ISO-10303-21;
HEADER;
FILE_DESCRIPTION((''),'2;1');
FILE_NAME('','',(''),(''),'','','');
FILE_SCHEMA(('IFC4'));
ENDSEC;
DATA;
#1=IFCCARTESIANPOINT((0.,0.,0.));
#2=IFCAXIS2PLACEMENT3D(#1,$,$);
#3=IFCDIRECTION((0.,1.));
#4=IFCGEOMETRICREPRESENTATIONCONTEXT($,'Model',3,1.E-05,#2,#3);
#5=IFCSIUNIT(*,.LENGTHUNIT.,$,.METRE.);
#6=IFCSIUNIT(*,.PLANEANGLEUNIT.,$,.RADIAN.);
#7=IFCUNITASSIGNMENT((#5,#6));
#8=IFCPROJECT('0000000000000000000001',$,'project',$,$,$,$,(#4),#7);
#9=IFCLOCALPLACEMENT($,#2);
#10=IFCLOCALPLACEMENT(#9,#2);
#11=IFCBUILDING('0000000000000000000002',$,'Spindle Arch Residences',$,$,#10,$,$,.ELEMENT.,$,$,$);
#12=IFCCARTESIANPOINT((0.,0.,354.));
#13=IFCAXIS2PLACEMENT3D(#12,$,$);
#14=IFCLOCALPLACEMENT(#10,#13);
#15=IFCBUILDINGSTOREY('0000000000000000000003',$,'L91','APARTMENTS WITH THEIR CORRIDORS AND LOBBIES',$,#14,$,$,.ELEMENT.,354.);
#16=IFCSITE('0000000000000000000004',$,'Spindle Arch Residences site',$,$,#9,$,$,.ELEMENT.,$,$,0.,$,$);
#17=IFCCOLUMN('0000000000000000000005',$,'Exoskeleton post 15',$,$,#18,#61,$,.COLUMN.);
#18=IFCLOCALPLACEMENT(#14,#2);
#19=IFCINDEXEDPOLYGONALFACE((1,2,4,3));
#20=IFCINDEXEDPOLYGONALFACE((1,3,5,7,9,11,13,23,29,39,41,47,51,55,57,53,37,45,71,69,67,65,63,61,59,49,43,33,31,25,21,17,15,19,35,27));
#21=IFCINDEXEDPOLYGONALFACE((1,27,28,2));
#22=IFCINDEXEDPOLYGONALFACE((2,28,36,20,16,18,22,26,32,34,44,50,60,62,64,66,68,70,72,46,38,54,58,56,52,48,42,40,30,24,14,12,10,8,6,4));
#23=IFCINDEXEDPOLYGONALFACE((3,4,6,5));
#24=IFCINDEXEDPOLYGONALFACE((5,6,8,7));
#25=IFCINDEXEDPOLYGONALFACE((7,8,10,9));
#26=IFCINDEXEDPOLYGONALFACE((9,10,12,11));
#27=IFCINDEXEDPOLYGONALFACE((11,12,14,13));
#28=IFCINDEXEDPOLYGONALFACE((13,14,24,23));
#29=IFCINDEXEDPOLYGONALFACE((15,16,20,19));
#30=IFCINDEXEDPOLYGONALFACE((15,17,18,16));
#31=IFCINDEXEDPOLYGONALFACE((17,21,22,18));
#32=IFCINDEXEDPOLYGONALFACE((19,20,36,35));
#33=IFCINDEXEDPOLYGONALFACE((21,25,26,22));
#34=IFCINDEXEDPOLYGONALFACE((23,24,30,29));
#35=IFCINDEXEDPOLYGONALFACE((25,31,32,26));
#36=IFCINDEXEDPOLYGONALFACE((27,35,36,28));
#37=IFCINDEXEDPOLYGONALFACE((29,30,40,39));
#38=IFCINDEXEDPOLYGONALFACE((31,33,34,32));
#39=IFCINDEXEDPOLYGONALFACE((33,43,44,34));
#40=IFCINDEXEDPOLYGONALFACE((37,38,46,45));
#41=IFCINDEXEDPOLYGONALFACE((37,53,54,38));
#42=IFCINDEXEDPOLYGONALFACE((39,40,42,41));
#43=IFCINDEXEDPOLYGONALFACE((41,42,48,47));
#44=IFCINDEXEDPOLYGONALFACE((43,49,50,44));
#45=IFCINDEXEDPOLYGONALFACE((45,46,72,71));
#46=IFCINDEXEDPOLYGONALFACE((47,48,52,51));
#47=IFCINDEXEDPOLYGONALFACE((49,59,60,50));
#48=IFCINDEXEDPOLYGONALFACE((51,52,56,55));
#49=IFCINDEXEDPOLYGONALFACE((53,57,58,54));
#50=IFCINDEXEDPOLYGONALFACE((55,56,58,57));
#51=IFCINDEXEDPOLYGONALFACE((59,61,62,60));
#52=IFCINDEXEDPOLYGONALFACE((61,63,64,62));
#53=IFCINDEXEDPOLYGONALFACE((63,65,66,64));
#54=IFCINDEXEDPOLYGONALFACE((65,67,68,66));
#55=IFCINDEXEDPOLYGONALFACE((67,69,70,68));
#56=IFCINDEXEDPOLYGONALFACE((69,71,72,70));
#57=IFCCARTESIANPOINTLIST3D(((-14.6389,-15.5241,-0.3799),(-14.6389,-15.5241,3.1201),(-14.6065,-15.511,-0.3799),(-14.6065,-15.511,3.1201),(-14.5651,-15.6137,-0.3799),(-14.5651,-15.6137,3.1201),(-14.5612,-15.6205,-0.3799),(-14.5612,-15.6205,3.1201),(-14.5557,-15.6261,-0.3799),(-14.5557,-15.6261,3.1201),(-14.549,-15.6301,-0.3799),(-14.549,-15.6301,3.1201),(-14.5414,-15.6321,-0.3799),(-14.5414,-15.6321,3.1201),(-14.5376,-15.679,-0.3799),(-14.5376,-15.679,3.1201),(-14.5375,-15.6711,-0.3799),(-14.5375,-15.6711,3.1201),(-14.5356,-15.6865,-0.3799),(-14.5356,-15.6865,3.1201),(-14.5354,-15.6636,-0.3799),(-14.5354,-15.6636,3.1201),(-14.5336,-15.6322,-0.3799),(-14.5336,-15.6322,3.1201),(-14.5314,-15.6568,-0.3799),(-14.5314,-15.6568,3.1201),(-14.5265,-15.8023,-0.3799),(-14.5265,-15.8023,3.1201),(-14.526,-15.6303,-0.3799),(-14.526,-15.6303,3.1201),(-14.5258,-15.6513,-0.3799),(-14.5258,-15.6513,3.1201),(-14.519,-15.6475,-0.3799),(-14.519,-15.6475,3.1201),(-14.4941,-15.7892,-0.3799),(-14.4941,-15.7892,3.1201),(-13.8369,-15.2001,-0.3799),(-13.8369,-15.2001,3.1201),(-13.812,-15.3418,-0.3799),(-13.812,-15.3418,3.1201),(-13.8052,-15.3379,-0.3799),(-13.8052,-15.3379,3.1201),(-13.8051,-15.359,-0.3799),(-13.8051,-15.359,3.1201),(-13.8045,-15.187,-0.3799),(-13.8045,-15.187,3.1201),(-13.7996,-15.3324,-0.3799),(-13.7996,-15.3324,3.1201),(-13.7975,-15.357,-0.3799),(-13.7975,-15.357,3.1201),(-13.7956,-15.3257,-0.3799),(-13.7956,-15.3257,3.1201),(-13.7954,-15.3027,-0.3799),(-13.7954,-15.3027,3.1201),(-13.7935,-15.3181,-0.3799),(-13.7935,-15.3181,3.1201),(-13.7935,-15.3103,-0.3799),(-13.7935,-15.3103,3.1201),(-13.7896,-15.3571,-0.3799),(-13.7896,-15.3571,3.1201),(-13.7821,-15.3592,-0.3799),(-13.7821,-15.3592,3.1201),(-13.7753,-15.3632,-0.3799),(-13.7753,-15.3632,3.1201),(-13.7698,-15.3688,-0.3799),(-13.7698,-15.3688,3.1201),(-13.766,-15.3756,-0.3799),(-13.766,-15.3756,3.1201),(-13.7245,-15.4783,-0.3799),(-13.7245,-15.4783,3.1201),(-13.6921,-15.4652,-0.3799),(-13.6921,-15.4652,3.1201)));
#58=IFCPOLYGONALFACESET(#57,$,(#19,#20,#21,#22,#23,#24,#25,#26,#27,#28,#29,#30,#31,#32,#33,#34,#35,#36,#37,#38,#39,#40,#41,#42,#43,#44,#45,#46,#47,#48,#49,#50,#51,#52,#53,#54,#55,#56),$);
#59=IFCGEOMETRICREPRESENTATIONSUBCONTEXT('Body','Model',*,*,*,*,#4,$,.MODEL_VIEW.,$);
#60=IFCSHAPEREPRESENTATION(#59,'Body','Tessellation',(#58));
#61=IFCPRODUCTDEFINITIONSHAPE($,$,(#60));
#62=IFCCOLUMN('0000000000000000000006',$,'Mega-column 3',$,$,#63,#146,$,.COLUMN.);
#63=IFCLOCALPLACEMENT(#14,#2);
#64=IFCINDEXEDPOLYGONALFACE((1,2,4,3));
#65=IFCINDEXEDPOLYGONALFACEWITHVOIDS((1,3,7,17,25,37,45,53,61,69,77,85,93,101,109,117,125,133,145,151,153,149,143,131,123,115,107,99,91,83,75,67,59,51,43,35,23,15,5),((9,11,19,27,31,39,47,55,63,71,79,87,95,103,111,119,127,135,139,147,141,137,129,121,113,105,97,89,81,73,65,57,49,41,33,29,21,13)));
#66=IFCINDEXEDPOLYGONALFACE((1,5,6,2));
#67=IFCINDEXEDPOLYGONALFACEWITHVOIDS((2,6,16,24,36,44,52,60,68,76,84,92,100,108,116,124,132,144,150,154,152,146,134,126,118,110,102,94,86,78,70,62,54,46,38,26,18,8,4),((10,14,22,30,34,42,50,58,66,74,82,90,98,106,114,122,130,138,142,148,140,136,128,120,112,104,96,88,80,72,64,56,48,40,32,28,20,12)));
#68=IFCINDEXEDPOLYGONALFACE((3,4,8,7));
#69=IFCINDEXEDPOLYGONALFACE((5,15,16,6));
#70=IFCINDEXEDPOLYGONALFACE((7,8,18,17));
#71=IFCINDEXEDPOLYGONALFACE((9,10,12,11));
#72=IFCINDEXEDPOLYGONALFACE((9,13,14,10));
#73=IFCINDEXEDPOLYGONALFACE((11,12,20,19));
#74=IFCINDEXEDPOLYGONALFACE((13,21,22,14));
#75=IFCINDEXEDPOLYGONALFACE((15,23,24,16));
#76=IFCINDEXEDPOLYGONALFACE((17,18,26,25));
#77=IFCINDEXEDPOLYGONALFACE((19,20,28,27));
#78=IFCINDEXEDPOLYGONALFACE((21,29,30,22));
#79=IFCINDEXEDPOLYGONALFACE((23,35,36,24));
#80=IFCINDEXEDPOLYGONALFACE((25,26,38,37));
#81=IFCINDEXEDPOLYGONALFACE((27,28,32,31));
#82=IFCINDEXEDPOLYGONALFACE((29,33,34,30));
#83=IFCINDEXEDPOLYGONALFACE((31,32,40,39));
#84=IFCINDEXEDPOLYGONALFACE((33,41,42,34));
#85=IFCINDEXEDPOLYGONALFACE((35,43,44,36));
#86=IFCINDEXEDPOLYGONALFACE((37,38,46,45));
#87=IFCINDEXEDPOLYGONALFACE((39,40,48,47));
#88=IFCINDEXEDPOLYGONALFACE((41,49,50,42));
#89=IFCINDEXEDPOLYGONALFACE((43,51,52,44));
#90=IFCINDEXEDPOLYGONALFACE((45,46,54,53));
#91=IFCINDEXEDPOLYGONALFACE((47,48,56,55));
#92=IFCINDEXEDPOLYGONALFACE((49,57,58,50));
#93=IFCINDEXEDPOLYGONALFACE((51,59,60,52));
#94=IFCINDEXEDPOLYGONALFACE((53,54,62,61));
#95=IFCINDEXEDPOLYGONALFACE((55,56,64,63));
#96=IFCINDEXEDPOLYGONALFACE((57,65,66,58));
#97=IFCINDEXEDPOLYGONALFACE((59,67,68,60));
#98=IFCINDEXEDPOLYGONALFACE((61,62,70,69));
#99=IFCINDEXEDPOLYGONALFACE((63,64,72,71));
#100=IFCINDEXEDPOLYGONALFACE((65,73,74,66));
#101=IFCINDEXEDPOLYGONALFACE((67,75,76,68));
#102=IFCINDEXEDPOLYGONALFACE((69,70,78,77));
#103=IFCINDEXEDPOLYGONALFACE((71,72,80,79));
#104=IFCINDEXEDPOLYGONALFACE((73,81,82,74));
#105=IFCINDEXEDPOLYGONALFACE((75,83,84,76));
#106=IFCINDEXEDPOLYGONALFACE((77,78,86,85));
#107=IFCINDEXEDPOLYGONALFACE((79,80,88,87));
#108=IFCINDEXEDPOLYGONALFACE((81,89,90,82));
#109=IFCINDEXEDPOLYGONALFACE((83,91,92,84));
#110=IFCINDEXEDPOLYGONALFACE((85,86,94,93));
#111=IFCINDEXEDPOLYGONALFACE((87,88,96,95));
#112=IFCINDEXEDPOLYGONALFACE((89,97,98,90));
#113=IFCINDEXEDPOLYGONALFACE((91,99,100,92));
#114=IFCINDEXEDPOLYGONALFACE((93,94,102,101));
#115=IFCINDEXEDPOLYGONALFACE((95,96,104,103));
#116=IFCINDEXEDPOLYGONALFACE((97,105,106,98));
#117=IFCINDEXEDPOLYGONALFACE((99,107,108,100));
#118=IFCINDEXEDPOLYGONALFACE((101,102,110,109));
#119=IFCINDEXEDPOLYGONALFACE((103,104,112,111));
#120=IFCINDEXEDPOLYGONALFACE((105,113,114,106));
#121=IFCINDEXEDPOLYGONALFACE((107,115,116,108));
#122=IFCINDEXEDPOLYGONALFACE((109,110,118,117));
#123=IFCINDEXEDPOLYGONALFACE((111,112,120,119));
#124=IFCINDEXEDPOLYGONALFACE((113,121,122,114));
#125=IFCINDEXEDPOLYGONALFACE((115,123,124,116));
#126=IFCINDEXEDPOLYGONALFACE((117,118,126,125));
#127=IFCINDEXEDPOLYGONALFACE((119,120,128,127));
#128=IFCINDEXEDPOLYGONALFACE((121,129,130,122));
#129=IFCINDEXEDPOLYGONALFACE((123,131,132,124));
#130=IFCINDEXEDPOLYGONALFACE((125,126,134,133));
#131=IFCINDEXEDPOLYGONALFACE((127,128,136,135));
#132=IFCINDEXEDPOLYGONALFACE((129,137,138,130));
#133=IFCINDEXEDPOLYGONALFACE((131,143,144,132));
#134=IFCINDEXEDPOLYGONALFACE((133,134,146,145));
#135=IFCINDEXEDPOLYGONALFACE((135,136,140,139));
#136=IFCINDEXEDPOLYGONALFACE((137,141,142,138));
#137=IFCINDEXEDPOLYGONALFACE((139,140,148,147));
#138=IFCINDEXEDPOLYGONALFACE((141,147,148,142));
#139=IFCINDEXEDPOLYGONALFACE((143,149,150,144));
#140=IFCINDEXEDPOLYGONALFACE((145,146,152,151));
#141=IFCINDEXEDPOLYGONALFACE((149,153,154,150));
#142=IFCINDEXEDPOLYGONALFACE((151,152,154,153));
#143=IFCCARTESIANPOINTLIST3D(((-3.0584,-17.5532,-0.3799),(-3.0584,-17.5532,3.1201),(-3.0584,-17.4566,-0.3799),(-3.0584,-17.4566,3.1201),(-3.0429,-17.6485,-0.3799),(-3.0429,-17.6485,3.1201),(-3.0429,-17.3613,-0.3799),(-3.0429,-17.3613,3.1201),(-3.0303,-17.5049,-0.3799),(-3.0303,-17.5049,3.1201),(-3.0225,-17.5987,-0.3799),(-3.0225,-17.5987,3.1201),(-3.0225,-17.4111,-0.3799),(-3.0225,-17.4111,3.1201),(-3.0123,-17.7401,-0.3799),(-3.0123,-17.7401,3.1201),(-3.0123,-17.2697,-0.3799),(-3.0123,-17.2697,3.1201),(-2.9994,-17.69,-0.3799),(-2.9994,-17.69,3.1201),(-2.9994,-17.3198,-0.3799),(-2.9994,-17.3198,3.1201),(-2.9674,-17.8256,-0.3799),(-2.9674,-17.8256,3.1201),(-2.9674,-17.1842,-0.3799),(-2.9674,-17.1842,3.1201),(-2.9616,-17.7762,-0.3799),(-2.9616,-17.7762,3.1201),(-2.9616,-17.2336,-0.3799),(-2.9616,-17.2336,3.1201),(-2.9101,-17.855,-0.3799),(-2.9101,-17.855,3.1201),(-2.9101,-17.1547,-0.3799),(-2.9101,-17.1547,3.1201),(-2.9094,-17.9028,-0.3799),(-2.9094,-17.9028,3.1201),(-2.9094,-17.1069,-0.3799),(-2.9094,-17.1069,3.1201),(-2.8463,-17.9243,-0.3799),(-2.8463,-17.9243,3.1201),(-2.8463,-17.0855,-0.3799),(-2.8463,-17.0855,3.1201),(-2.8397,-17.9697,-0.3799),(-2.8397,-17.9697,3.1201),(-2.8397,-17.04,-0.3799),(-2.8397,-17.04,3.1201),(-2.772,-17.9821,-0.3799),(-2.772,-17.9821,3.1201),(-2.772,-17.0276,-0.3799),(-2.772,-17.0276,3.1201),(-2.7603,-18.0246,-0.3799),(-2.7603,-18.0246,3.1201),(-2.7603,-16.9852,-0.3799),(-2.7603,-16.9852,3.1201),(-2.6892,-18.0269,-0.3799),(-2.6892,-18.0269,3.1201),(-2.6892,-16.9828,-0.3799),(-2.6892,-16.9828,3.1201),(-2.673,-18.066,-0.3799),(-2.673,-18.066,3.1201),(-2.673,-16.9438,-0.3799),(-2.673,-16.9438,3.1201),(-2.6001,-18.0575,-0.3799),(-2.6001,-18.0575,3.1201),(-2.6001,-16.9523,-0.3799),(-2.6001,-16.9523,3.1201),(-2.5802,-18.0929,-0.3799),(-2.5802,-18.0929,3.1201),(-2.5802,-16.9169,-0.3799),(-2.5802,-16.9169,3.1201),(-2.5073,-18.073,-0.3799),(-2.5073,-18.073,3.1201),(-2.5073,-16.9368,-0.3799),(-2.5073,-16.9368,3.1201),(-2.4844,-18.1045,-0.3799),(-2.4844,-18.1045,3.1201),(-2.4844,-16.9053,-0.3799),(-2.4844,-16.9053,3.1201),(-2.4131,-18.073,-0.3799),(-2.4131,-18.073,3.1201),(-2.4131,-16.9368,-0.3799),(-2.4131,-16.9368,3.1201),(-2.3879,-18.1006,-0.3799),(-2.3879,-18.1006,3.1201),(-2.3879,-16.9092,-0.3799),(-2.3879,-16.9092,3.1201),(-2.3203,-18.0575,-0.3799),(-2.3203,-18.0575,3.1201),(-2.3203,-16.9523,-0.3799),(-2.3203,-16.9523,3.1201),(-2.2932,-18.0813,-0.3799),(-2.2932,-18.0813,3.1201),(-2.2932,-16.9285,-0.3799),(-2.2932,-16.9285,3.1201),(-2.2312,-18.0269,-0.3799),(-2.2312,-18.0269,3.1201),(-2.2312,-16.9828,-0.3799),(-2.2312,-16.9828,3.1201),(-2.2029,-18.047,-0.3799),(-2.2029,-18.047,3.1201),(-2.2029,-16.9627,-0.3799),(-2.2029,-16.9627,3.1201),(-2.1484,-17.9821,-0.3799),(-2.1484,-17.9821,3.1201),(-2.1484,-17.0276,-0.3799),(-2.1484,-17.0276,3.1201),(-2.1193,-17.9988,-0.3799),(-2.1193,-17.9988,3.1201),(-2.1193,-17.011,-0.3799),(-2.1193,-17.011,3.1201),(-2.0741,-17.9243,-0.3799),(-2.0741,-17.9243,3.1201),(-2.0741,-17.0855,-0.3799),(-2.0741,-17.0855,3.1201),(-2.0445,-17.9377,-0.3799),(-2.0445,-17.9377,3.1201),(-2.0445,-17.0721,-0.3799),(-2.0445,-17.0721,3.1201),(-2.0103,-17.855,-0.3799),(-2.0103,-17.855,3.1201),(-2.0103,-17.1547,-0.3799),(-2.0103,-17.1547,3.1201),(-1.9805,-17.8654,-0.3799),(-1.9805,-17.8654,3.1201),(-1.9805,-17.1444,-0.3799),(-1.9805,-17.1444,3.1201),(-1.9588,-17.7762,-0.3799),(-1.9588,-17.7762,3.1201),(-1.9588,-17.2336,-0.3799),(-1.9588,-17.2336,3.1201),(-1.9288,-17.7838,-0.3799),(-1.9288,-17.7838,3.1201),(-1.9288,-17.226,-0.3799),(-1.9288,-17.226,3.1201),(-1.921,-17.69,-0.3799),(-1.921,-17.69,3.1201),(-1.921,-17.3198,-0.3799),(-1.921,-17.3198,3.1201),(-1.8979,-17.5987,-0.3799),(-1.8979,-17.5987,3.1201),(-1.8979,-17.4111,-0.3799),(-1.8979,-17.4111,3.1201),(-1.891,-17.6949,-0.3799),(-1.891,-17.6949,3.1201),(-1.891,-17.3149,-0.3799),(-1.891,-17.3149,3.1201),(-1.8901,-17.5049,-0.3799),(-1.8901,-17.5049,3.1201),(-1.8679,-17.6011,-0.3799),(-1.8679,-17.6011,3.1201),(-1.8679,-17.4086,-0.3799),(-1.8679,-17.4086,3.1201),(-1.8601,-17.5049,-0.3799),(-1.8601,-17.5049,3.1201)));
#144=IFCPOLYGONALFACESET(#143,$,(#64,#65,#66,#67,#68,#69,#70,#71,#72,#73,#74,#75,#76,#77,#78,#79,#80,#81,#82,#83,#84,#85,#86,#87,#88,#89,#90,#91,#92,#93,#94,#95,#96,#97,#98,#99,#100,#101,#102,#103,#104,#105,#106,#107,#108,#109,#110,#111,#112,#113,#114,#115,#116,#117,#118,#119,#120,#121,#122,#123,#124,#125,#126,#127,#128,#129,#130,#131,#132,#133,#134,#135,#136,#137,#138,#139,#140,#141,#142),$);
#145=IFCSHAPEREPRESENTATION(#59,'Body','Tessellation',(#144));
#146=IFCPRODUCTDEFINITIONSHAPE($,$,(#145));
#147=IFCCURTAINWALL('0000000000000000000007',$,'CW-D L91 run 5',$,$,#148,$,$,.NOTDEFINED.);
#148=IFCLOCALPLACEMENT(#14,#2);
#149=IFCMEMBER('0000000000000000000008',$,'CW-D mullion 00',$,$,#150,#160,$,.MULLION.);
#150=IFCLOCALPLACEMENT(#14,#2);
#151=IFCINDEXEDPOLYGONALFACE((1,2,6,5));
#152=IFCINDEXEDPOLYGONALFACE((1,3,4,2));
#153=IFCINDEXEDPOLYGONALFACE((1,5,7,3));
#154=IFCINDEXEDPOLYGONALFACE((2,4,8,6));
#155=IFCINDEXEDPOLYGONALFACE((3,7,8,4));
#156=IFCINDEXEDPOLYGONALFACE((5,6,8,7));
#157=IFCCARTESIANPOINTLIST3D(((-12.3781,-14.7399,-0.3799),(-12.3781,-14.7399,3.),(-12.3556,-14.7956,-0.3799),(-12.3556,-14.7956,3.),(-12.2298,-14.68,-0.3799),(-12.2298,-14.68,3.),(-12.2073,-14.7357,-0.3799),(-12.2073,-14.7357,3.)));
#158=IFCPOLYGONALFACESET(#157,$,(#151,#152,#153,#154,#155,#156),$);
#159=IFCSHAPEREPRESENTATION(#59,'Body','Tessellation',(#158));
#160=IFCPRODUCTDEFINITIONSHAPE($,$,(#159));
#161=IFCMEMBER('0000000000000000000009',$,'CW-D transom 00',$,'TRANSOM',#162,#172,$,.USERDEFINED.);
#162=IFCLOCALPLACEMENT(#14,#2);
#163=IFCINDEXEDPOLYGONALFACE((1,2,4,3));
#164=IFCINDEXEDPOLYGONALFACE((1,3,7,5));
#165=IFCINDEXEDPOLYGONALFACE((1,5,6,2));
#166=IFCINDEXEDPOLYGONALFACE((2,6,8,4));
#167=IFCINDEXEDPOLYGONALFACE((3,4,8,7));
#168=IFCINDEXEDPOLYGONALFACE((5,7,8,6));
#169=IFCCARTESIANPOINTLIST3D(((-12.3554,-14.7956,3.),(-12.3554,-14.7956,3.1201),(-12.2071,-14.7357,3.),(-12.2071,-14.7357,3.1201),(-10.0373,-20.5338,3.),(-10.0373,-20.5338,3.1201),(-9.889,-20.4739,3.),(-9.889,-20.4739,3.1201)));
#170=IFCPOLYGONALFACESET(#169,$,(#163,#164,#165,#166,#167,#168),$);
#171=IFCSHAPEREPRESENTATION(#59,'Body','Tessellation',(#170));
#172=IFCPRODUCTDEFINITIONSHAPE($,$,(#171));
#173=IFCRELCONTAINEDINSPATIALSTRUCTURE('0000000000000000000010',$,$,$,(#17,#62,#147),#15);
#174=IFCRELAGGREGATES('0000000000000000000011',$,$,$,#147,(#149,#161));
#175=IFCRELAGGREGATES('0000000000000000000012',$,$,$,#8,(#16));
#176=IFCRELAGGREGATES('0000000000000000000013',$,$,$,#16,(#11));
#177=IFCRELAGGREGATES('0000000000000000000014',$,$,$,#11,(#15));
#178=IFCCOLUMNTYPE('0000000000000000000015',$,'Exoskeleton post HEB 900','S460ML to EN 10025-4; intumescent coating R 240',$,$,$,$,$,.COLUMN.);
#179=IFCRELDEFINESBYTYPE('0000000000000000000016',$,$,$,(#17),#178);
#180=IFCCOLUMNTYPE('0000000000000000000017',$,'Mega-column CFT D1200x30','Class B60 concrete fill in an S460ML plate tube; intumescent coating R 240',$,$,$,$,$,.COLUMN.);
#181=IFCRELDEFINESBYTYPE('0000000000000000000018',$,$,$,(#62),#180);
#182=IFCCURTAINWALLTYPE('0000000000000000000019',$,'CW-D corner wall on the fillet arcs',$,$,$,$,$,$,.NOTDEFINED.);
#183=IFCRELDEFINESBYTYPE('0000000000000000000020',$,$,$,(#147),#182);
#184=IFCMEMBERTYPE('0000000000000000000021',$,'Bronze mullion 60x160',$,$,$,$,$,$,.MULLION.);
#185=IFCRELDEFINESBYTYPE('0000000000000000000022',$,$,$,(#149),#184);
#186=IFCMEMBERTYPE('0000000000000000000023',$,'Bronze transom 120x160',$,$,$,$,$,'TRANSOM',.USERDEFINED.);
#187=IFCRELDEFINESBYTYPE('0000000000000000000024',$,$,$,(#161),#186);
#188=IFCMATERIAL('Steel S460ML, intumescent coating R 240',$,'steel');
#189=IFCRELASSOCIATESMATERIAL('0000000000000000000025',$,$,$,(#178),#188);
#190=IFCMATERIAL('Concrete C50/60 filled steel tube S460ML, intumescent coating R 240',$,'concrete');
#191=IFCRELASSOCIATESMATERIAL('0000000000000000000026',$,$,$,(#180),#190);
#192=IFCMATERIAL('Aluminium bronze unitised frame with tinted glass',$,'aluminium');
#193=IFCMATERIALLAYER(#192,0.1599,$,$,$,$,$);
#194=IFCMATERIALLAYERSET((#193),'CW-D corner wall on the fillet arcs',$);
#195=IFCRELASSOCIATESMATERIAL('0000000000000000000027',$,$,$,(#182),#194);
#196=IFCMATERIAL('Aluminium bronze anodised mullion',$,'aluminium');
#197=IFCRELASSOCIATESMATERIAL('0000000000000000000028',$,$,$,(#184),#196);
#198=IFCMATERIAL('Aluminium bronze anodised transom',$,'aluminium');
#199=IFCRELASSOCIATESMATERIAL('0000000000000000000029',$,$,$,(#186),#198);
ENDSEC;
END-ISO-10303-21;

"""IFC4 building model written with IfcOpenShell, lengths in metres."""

from ifc_helpers import new_model, si_unit, direction, frame, origin, origin_2d, place, context, subcontext, project, spatial, rectangle, hollow_circle, i_section, extrude, material, layer, layer_set, material_profile, profile_set, type_object, element, aggregate, save


model = new_model("IFC4")

# Units and contexts
model_context = context("Model", 3, precision=1e-05, world=origin(), true_north=direction((0.0, 1.0)))
body_context = subcontext(model_context, "Body", "Model", "MODEL_VIEW")
ifc_project = project(units=[si_unit("LENGTHUNIT", "METRE"), si_unit("PLANEANGLEUNIT", "RADIAN")], contexts=[model_context])

# Site, building, storey
site_placement = place(None, origin())
site = spatial("IfcSite", under=ifc_project, at=site_placement, Name="Spindle Arch Residences site", CompositionType="ELEMENT", RefElevation=0.0)
building_placement = place(site_placement, origin())
building = spatial("IfcBuilding", under=site, at=building_placement, Name="Spindle Arch Residences", CompositionType="ELEMENT")
storey_placement = place(building_placement, frame((0.0, 0.0, 354.0)))
storey = spatial("IfcBuildingStorey", under=building, at=storey_placement, Name="L91", Description="APARTMENTS WITH THEIR CORRIDORS AND LOBBIES", CompositionType="ELEMENT", Elevation=354.0)

# Columns
ifc_material_1 = material(Name="Steel S460ML, intumescent coating R 240", Category="steel")
ifc_material_profile_1 = material_profile(ifc_material_1, i_section(OverallWidth=0.3, OverallDepth=0.8999, WebThickness=0.0186, FlangeThickness=0.0349, FilletRadius=0.03, at=origin_2d()), Name="HEB 900")
ifc_profile_set_1 = profile_set([ifc_material_profile_1], Name="Steel S460ML, intumescent coating R 240")
column_type_1 = type_object("IfcColumnType", Name="Exoskeleton post HEB 900", Description="S460ML to EN 10025-4; intumescent coating R 240", PredefinedType="COLUMN", material=ifc_profile_set_1)
column_1_placement = place(storey_placement, frame((-14.1655, -15.4946, -0.3799), z_axis=(0.0, 0.0, 1.0), x_axis=(-0.374607, 0.927184, 0.0)))
element("IfcColumn", 1, at=column_1_placement, inside=storey, type_object=column_type_1, Name="Exoskeleton post 15", PredefinedType="COLUMN", context=body_context, shape_type="SweptSolid", body=[
    extrude(i_section(OverallWidth=0.3, OverallDepth=0.8999, WebThickness=0.0186, FlangeThickness=0.0349, FilletRadius=0.03, at=origin_2d()), origin(), (0.0, 0.0, 1.0), 3.5),
])
ifc_material_2 = material(Name="Concrete C50/60 filled steel tube S460ML, intumescent coating R 240", Category="concrete")
ifc_material_profile_2 = material_profile(ifc_material_2, hollow_circle(Radius=0.6001, WallThickness=0.03, at=origin_2d()), Name="CFT D1200x30")
ifc_profile_set_2 = profile_set([ifc_material_profile_2], Name="Concrete C50/60 filled steel tube S460ML, intumescent coating R 240")
column_type_2 = type_object("IfcColumnType", Name="Mega-column CFT D1200x30", Description="Class B60 concrete fill in an S460ML plate tube; intumescent coating R 240", PredefinedType="COLUMN", material=ifc_profile_set_2)
column_2_placement = place(storey_placement, frame((-2.4602, -17.5049, -0.3799), z_axis=(0.0, 0.0, 1.0), x_axis=(1.0, 0.0, 0.0)))
element("IfcColumn", 2, at=column_2_placement, inside=storey, type_object=column_type_2, Name="Mega-column 3", PredefinedType="COLUMN", context=body_context, shape_type="SweptSolid", body=[
    extrude(hollow_circle(Radius=0.6001, WallThickness=0.03, at=origin_2d()), origin(), (0.0, 0.0, 1.0), 3.5),
])

# Curtain wall, members
ifc_material_3 = material(Name="Aluminium bronze unitised frame with tinted glass", Category="aluminium")
ifc_layer_1 = layer(ifc_material_3, 0.1599)
ifc_layer_set_1 = layer_set([ifc_layer_1], Name="CW-D corner wall on the fillet arcs")
curtain_wall_type_1 = type_object("IfcCurtainWallType", Name="CW-D corner wall on the fillet arcs", PredefinedType="NOTDEFINED", material=ifc_layer_set_1)
curtain_wall_1_placement = place(storey_placement, origin())
curtain_wall_1 = element("IfcCurtainWall", 3, at=curtain_wall_1_placement, inside=storey, type_object=curtain_wall_type_1, Name="CW-D L91 run 5", PredefinedType="NOTDEFINED")
ifc_material_4 = material(Name="Aluminium bronze anodised mullion", Category="aluminium")
ifc_material_profile_3 = material_profile(ifc_material_4, rectangle(XDim=0.1599, YDim=0.0601, at=origin_2d()), Name="MU 60x160")
ifc_profile_set_3 = profile_set([ifc_material_profile_3], Name="Aluminium bronze anodised mullion")
member_type_1 = type_object("IfcMemberType", Name="Bronze mullion 60x160", PredefinedType="MULLION", material=ifc_profile_set_3)
member_1_placement = place(storey_placement, frame((-12.2927, -14.7378, -0.3799), z_axis=(0.0, 0.0, 1.0), x_axis=(0.927184, 0.374607, 0.0)))
member_1 = element("IfcMember", 4, at=member_1_placement, type_object=member_type_1, Name="CW-D mullion 00", PredefinedType="MULLION", context=body_context, shape_type="SweptSolid", body=[
    extrude(rectangle(XDim=0.1599, YDim=0.0601, at=origin_2d()), origin(), (0.0, 0.0, 1.0), 3.3799),
])
ifc_material_5 = material(Name="Aluminium bronze anodised transom", Category="aluminium")
ifc_material_profile_4 = material_profile(ifc_material_5, rectangle(XDim=0.1599, YDim=0.1201, at=origin_2d()), Name="TR 120x160")
ifc_profile_set_4 = profile_set([ifc_material_profile_4], Name="Aluminium bronze anodised transom")
member_type_2 = type_object("IfcMemberType", Name="Bronze transom 120x160", ElementType="TRANSOM", PredefinedType="USERDEFINED", material=ifc_profile_set_4)
member_2_placement = place(storey_placement, frame((-12.2812, -14.7656, 3.0601), z_axis=(0.374565, -0.927201, 0.0), x_axis=(0.927201, 0.374565, 0.0)))
member_2 = element("IfcMember", 5, at=member_2_placement, type_object=member_type_2, Name="CW-D transom 00", ObjectType="TRANSOM", PredefinedType="USERDEFINED", context=body_context, shape_type="SweptSolid", body=[
    extrude(rectangle(XDim=0.1599, YDim=0.1201, at=origin_2d()), origin(), (0.0, 0.0, 1.0), 6.1887),
])

aggregate(curtain_wall_1, [member_1, member_2])

save(model, "model.ifc")
